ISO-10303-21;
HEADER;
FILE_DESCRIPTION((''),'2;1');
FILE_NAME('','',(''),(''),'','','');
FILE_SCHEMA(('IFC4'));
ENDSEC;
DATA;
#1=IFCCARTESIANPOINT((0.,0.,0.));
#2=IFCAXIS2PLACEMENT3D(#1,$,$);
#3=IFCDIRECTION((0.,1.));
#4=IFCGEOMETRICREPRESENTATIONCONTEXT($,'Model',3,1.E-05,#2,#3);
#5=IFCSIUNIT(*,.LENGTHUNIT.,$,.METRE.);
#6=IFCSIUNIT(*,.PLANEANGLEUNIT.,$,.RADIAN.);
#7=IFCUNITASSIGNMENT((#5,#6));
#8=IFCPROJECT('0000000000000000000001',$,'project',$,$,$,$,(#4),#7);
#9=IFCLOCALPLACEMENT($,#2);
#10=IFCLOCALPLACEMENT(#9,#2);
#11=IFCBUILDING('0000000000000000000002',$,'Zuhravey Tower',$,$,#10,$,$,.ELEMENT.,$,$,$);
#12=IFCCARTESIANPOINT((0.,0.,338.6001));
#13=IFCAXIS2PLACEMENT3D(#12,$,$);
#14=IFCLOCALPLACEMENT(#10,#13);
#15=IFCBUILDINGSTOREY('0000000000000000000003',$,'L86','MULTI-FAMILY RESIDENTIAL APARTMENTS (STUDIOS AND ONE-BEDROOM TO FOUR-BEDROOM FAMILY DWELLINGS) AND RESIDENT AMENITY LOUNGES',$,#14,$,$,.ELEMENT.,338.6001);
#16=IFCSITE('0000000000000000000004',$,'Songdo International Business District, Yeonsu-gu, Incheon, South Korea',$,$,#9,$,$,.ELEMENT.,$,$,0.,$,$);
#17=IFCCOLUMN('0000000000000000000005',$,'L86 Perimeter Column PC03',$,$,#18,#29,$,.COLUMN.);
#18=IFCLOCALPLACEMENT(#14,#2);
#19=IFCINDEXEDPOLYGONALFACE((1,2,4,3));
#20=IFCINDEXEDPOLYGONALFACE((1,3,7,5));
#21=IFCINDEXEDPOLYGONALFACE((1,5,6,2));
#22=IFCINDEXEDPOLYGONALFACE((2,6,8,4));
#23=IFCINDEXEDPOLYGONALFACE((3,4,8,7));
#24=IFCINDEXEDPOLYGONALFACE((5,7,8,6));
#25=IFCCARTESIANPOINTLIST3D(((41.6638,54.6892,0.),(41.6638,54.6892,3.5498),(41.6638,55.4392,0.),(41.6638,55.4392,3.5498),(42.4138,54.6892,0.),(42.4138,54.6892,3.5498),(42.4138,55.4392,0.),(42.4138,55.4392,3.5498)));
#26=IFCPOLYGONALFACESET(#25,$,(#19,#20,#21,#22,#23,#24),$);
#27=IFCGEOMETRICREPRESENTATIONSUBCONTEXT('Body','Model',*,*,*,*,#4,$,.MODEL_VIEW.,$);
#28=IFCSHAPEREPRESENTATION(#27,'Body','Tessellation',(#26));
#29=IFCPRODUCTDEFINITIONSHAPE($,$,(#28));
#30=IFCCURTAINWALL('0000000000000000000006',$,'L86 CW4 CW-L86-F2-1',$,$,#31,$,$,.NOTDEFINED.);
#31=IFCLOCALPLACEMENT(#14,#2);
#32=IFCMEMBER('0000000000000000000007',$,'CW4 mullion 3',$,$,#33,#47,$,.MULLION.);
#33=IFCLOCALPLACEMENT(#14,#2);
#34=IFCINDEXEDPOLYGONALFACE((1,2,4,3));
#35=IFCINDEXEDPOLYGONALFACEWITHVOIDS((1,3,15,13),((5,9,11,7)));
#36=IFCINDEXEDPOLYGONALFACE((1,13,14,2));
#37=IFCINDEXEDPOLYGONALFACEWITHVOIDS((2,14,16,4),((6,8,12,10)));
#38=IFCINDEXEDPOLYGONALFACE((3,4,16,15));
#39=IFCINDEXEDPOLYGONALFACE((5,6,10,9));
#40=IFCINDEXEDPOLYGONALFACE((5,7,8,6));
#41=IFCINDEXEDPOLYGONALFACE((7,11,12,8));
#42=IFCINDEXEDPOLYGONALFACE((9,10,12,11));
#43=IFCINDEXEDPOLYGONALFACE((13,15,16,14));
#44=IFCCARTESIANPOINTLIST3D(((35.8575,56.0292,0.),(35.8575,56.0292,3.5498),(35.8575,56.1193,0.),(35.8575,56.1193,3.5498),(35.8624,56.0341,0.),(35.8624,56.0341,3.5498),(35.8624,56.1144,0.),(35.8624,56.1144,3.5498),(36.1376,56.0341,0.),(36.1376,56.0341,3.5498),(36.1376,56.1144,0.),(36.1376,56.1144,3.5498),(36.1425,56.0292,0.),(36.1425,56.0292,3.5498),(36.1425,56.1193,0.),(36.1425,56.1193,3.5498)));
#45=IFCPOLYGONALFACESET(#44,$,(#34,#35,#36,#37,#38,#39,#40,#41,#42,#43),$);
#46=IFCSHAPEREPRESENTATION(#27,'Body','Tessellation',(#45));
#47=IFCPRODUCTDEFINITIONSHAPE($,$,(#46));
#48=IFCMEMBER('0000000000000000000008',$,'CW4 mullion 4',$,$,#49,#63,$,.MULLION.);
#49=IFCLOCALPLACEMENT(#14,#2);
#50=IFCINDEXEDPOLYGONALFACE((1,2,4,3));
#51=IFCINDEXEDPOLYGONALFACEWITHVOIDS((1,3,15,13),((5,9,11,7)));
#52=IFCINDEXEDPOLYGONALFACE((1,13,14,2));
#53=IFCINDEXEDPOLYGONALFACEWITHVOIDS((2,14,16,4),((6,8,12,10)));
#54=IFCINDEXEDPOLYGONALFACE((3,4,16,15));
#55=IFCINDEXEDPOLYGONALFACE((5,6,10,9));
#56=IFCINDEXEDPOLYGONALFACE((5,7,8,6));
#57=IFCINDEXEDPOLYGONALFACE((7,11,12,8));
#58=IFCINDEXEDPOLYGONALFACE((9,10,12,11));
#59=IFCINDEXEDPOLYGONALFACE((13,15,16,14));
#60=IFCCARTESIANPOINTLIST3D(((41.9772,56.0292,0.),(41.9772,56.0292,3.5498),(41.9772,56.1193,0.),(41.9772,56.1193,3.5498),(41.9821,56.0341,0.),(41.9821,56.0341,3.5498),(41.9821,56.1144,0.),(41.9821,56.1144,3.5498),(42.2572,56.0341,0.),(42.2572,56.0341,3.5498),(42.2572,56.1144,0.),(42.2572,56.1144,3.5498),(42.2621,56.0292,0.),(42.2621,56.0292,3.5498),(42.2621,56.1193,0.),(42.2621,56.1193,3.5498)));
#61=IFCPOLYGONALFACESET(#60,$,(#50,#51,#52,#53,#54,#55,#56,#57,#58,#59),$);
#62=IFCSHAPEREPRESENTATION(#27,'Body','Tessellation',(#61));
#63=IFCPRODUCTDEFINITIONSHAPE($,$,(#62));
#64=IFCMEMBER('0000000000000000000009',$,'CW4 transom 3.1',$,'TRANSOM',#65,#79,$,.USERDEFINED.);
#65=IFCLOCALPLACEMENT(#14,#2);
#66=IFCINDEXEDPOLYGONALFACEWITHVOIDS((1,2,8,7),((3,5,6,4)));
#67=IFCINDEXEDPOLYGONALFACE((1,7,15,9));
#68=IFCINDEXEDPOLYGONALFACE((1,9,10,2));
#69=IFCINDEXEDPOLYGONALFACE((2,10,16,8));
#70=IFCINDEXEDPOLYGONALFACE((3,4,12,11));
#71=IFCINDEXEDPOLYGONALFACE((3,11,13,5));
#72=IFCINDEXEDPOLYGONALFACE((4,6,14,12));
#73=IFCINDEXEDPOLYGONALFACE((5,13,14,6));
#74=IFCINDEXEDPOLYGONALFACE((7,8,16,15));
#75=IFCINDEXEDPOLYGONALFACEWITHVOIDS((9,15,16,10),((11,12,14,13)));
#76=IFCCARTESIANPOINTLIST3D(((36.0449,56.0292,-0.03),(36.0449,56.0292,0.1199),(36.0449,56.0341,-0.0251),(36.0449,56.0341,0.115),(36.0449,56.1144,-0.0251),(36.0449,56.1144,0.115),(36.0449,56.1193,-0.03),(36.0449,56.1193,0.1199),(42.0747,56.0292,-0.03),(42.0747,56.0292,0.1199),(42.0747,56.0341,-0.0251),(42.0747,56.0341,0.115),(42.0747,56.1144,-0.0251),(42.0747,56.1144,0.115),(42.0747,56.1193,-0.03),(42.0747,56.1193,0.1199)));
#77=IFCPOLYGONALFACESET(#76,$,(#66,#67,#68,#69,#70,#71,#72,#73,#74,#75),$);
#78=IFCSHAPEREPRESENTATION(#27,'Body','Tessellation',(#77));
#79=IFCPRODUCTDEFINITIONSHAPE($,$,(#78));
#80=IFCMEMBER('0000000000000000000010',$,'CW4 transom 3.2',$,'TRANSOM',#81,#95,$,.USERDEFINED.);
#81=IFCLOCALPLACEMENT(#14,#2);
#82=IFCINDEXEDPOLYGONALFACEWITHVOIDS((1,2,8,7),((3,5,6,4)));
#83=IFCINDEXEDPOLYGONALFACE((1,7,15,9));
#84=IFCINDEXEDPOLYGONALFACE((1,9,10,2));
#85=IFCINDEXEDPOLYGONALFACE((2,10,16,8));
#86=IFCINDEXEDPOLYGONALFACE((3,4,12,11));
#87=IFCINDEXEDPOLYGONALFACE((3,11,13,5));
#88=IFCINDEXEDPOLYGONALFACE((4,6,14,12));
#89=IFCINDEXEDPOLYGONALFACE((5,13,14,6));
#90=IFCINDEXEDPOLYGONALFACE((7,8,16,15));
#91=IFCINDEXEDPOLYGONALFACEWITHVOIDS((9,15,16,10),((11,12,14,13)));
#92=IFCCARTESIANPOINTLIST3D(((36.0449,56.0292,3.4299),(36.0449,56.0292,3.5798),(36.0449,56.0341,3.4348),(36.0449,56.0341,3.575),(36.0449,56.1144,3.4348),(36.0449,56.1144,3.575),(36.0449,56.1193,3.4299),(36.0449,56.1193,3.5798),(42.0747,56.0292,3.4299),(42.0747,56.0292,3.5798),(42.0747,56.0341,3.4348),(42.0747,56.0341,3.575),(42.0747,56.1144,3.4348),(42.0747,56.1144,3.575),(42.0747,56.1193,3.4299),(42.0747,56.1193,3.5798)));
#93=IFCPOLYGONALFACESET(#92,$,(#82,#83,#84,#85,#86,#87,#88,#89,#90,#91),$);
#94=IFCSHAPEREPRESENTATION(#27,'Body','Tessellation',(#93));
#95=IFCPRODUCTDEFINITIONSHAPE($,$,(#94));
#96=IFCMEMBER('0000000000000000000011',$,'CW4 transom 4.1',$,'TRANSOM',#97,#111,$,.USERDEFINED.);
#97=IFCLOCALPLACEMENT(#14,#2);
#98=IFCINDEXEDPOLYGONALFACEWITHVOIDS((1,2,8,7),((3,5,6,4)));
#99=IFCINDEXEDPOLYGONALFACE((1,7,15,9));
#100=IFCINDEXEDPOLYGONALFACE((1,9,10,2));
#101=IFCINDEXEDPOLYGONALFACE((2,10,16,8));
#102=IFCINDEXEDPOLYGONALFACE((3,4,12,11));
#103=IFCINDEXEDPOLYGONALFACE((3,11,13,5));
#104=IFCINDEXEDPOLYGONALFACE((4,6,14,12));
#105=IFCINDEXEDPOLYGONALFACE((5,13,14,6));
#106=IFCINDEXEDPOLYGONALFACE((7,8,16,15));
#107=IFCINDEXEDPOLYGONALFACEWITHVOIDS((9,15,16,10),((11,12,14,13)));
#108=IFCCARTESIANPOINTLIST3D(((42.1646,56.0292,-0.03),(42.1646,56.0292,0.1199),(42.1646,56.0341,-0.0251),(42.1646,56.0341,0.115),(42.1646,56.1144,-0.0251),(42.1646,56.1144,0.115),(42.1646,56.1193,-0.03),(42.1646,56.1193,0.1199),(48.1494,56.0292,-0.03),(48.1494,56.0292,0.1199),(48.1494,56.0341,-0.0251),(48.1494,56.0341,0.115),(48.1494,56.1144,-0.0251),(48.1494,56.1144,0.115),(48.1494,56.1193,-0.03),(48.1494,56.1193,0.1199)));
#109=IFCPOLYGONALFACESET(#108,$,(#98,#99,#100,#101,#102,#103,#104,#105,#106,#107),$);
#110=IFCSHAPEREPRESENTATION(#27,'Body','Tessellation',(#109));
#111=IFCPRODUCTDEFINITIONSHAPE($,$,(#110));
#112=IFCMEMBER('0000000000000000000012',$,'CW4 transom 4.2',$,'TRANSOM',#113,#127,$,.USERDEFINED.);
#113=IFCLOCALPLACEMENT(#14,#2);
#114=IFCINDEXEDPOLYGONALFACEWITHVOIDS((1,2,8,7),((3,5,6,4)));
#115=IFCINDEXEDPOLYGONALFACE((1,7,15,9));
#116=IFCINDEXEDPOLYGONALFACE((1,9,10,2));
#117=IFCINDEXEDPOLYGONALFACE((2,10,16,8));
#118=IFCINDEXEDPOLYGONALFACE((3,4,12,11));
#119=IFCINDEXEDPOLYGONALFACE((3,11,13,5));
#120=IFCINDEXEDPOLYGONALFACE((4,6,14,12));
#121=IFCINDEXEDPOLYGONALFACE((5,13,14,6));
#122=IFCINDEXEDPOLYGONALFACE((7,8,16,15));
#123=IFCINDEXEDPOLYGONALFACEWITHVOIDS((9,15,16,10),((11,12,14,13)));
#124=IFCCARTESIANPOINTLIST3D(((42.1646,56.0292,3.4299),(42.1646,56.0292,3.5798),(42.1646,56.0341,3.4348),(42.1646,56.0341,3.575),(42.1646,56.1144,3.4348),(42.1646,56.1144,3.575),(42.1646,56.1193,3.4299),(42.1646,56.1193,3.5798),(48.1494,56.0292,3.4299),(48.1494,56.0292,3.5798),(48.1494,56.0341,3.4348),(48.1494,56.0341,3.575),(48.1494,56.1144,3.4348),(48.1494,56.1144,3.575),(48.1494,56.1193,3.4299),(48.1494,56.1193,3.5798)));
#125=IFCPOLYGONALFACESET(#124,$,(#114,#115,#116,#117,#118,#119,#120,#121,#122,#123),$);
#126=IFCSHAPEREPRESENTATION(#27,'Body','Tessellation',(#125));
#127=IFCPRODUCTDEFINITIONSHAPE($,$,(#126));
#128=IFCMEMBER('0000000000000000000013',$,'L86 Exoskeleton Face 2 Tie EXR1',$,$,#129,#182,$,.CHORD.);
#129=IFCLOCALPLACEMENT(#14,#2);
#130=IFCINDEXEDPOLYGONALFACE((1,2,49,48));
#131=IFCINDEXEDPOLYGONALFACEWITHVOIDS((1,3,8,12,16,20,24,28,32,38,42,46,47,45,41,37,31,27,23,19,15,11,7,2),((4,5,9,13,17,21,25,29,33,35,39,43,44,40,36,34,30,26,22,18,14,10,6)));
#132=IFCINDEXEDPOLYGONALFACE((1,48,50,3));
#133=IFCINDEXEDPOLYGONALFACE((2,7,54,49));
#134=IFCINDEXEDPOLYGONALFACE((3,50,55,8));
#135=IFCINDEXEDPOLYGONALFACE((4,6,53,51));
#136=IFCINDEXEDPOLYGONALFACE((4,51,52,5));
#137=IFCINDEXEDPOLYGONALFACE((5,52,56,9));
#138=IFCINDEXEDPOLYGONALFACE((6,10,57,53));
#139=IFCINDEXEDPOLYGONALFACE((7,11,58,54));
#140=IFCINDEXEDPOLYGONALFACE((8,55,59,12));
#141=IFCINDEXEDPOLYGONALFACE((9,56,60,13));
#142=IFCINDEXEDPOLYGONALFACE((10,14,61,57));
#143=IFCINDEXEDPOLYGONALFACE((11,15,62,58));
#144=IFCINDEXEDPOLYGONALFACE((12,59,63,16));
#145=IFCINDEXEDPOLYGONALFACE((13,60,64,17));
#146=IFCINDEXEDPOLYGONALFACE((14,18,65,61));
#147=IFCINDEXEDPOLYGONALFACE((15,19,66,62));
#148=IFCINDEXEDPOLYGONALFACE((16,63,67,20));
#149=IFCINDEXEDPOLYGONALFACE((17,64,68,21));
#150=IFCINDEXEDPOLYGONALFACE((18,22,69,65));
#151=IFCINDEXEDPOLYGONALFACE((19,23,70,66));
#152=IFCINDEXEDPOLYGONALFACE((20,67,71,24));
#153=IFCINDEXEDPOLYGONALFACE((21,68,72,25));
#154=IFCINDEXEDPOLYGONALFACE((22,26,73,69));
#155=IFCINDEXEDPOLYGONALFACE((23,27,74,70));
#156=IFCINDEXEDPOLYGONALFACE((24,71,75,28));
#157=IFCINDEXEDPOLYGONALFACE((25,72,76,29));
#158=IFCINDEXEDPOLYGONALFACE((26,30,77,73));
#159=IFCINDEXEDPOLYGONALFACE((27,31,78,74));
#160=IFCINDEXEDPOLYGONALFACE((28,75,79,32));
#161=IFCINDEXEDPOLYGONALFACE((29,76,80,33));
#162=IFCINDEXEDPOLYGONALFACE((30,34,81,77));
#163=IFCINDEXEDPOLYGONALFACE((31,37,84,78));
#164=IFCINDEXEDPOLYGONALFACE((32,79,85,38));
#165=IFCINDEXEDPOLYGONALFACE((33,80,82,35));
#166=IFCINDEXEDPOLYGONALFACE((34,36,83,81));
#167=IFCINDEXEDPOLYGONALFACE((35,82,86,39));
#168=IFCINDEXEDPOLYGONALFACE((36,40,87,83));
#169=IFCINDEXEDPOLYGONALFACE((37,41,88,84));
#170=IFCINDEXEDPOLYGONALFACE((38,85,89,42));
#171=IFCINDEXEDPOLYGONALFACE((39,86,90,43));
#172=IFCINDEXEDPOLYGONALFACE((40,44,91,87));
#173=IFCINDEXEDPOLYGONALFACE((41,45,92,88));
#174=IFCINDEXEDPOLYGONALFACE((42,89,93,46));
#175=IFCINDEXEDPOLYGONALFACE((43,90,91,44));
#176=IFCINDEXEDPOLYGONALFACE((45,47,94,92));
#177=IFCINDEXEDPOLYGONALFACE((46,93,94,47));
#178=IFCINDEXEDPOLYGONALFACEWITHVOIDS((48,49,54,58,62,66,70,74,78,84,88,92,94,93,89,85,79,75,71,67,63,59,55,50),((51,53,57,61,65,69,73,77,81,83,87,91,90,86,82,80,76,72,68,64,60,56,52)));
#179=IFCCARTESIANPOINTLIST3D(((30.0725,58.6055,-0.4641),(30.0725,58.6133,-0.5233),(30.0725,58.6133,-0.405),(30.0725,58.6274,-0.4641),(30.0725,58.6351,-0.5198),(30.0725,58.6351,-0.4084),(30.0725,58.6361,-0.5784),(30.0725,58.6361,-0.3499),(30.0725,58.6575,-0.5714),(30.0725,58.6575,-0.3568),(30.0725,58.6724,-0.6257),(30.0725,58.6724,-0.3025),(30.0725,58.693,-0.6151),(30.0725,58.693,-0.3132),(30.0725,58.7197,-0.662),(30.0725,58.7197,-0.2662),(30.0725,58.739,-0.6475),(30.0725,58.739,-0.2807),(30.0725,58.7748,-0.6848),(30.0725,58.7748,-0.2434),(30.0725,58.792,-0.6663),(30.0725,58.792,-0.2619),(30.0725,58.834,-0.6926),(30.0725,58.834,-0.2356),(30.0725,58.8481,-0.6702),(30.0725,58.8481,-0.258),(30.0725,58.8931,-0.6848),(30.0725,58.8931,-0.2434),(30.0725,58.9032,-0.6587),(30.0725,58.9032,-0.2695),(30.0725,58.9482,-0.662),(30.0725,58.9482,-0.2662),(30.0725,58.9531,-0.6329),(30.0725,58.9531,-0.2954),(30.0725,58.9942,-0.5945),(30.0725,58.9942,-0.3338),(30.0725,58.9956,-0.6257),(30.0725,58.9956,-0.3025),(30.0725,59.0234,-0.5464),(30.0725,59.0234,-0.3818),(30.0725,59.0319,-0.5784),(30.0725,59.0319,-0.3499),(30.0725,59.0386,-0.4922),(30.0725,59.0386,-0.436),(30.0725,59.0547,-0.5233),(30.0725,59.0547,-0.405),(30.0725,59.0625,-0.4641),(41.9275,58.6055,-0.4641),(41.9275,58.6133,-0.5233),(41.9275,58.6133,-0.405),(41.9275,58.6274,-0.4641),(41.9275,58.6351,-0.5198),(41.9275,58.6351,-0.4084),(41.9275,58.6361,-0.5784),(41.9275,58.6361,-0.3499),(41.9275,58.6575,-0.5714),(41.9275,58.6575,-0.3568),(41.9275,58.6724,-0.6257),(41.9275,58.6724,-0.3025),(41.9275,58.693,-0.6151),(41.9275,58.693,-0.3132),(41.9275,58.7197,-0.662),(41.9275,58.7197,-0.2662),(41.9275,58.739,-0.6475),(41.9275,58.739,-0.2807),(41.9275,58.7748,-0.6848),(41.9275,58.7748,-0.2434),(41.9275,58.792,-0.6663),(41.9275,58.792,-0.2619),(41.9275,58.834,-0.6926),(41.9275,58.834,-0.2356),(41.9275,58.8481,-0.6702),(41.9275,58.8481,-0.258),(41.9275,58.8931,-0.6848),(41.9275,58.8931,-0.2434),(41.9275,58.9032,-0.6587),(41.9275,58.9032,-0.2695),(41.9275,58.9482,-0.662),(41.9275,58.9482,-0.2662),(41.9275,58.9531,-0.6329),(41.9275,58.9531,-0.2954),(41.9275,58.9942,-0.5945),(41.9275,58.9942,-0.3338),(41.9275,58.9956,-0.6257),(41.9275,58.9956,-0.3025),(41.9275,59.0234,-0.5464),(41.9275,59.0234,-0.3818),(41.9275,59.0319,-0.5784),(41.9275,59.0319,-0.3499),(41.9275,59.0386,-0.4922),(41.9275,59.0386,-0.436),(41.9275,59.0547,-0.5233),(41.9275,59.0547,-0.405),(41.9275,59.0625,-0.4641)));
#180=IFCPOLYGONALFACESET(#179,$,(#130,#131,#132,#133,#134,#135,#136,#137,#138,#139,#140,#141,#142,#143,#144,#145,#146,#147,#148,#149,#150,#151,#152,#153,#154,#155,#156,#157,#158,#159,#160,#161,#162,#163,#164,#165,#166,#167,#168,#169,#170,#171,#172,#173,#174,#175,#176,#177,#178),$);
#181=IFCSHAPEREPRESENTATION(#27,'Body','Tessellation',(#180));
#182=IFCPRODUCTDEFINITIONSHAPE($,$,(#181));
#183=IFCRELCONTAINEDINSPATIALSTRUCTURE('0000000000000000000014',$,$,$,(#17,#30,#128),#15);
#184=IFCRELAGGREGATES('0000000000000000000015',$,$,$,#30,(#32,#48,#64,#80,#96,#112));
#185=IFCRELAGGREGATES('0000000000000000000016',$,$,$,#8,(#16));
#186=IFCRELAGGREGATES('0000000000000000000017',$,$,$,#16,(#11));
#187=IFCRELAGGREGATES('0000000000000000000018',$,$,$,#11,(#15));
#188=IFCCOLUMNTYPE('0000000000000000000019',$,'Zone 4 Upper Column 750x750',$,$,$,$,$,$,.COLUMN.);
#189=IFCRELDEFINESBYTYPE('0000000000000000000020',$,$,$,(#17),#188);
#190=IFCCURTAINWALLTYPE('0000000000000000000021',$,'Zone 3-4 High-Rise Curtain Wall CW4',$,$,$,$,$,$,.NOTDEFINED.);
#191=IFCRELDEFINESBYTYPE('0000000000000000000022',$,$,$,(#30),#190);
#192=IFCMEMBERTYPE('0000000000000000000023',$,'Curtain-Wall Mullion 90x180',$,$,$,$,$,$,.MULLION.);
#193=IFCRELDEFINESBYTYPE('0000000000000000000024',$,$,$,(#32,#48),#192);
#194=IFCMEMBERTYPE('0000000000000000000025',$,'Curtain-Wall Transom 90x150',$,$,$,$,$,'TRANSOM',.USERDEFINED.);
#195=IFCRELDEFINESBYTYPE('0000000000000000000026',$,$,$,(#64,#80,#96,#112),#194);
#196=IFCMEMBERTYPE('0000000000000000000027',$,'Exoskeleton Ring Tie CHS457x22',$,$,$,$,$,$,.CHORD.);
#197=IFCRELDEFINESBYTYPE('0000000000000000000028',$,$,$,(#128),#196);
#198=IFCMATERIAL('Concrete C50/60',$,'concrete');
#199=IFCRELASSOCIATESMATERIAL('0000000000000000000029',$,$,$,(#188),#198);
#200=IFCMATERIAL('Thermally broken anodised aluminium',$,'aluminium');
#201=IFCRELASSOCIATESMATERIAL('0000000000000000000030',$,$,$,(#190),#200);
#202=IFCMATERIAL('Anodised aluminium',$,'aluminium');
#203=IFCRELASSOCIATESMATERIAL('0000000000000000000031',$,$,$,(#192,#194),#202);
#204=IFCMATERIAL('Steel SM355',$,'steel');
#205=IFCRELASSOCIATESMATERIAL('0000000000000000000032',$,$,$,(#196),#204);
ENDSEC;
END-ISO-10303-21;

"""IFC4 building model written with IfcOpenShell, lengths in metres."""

from ifc_helpers import new_model, si_unit, direction, frame, origin, origin_2d, place, context, subcontext, project, spatial, rectangle, hollow_rectangle, hollow_circle, extrude, material, material_profile, profile_set, type_object, element, aggregate, save


model = new_model("IFC4")

# Units and contexts
model_context = context("Model", 3, precision=1e-05, world=origin(), true_north=direction((0.0, 1.0)))
body_context = subcontext(model_context, "Body", "Model", "MODEL_VIEW")
ifc_project = project(units=[si_unit("LENGTHUNIT", "METRE"), si_unit("PLANEANGLEUNIT", "RADIAN")], contexts=[model_context])

# Site, building, storey
site_placement = place(None, origin())
site = spatial("IfcSite", under=ifc_project, at=site_placement, Name="Songdo International Business District, Yeonsu-gu, Incheon, South Korea", CompositionType="ELEMENT", RefElevation=0.0)
building_placement = place(site_placement, origin())
building = spatial("IfcBuilding", under=site, at=building_placement, Name="Zuhravey Tower", CompositionType="ELEMENT")
storey_placement = place(building_placement, frame((0.0, 0.0, 338.6001)))
storey = spatial("IfcBuildingStorey", under=building, at=storey_placement, Name="L86", Description="MULTI-FAMILY RESIDENTIAL APARTMENTS (STUDIOS AND ONE-BEDROOM TO FOUR-BEDROOM FAMILY DWELLINGS) AND RESIDENT AMENITY LOUNGES", CompositionType="ELEMENT", Elevation=338.6001)

# Column
ifc_material_1 = material(Name="Concrete C50/60", Category="concrete")
ifc_material_profile_1 = material_profile(ifc_material_1, rectangle(XDim=0.75, YDim=0.75, at=origin_2d()), Name="RC-750x750")
ifc_profile_set_1 = profile_set([ifc_material_profile_1], Name="Concrete C50/60")
column_type = type_object("IfcColumnType", Name="Zone 4 Upper Column 750x750", PredefinedType="COLUMN", material=ifc_profile_set_1)
column_placement = place(storey_placement, frame((42.0388, 55.0642, 0.0), z_axis=(0.0, 0.0, 1.0), x_axis=(-1.0, 0.0, 0.0)))
element("IfcColumn", 1, at=column_placement, inside=storey, type_object=column_type, Name="L86 Perimeter Column PC03", PredefinedType="COLUMN", context=body_context, shape_type="SweptSolid", body=[
    extrude(rectangle(XDim=0.75, YDim=0.75, at=origin_2d()), origin(), (0.0, 0.0, 1.0), 3.5498),
])

# Curtain wall, members
ifc_material_2 = material(Name="Thermally broken anodised aluminium", Category="aluminium")
curtain_wall_type = type_object("IfcCurtainWallType", Name="Zone 3-4 High-Rise Curtain Wall CW4", PredefinedType="NOTDEFINED", material=ifc_material_2)
curtain_wall_placement = place(storey_placement, origin())
curtain_wall = element("IfcCurtainWall", 2, at=curtain_wall_placement, inside=storey, type_object=curtain_wall_type, Name="L86 CW4 CW-L86-F2-1", PredefinedType="NOTDEFINED")
ifc_material_3 = material(Name="Anodised aluminium", Category="aluminium")
ifc_material_profile_2 = material_profile(ifc_material_3, hollow_rectangle(XDim=0.0901, YDim=0.2849, WallThickness=0.0049, at=origin_2d()), Name="ALU-RHS-90x285x5")
ifc_profile_set_2 = profile_set([ifc_material_profile_2], Name="Anodised aluminium")
member_type_1 = type_object("IfcMemberType", Name="Curtain-Wall Mullion 90x180", PredefinedType="MULLION", material=ifc_profile_set_2)
member_1_placement = place(storey_placement, frame((36.0, 56.0742, 0.0), z_axis=(0.0, 0.0, 1.0), x_axis=(0.0, 1.0, 0.0)))
member_1 = element("IfcMember", 3, at=member_1_placement, type_object=member_type_1, Name="CW4 mullion 3", PredefinedType="MULLION", context=body_context, shape_type="SweptSolid", body=[
    extrude(hollow_rectangle(XDim=0.0901, YDim=0.2849, WallThickness=0.0049, at=origin_2d()), origin(), (0.0, 0.0, 1.0), 3.5498),
])
member_2_placement = place(storey_placement, frame((42.1196, 56.0742, 0.0), z_axis=(0.0, 0.0, 1.0), x_axis=(0.0, 1.0, 0.0)))
member_2 = element("IfcMember", 4, at=member_2_placement, type_object=member_type_1, Name="CW4 mullion 4", PredefinedType="MULLION", context=body_context, shape_type="SweptSolid", body=[
    extrude(hollow_rectangle(XDim=0.0901, YDim=0.2849, WallThickness=0.0049, at=origin_2d()), origin(), (0.0, 0.0, 1.0), 3.5498),
])
ifc_material_profile_3 = material_profile(ifc_material_3, hollow_rectangle(XDim=0.0901, YDim=0.1499, WallThickness=0.0049, at=origin_2d()), Name="ALU-RHS-90x150x5")
ifc_profile_set_3 = profile_set([ifc_material_profile_3], Name="Anodised aluminium")
member_type_2 = type_object("IfcMemberType", Name="Curtain-Wall Transom 90x150", ElementType="TRANSOM", PredefinedType="USERDEFINED", material=ifc_profile_set_3)
member_3_placement = place(storey_placement, frame((36.0449, 56.0742, 0.0449), z_axis=(1.0, 0.0, 0.0), x_axis=(0.0, 1.0, 0.0)))
member_3 = element("IfcMember", 5, at=member_3_placement, type_object=member_type_2, Name="CW4 transom 3.1", ObjectType="TRANSOM", PredefinedType="USERDEFINED", context=body_context, shape_type="SweptSolid", body=[
    extrude(hollow_rectangle(XDim=0.0901, YDim=0.1499, WallThickness=0.0049, at=origin_2d()), origin(), (0.0, 0.0, 1.0), 6.0298),
])
member_4_placement = place(storey_placement, frame((36.0449, 56.0742, 3.5049), z_axis=(1.0, 0.0, 0.0), x_axis=(0.0, 1.0, 0.0)))
member_4 = element("IfcMember", 6, at=member_4_placement, type_object=member_type_2, Name="CW4 transom 3.2", ObjectType="TRANSOM", PredefinedType="USERDEFINED", context=body_context, shape_type="SweptSolid", body=[
    extrude(hollow_rectangle(XDim=0.0901, YDim=0.1499, WallThickness=0.0049, at=origin_2d()), origin(), (0.0, 0.0, 1.0), 6.0298),
])
member_5_placement = place(storey_placement, frame((42.1646, 56.0742, 0.0449), z_axis=(1.0, 0.0, 0.0), x_axis=(0.0, 1.0, 0.0)))
member_5 = element("IfcMember", 7, at=member_5_placement, type_object=member_type_2, Name="CW4 transom 4.1", ObjectType="TRANSOM", PredefinedType="USERDEFINED", context=body_context, shape_type="SweptSolid", body=[
    extrude(hollow_rectangle(XDim=0.0901, YDim=0.1499, WallThickness=0.0049, at=origin_2d()), origin(), (0.0, 0.0, 1.0), 5.9849),
])
member_6_placement = place(storey_placement, frame((42.1646, 56.0742, 3.5049), z_axis=(1.0, 0.0, 0.0), x_axis=(0.0, 1.0, 0.0)))
member_6 = element("IfcMember", 8, at=member_6_placement, type_object=member_type_2, Name="CW4 transom 4.2", ObjectType="TRANSOM", PredefinedType="USERDEFINED", context=body_context, shape_type="SweptSolid", body=[
    extrude(hollow_rectangle(XDim=0.0901, YDim=0.1499, WallThickness=0.0049, at=origin_2d()), origin(), (0.0, 0.0, 1.0), 5.9849),
])

# Member
ifc_material_4 = material(Name="Steel SM355", Category="steel")
ifc_material_profile_4 = material_profile(ifc_material_4, hollow_circle(Radius=0.2285, WallThickness=0.022, at=origin_2d()), Name="CHS-457.2x22")
ifc_profile_set_4 = profile_set([ifc_material_profile_4], Name="Steel SM355")
member_type_3 = type_object("IfcMemberType", Name="Exoskeleton Ring Tie CHS457x22", PredefinedType="CHORD", material=ifc_profile_set_4)
member_7_placement = place(storey_placement, frame((41.9275, 58.834, -0.4641), z_axis=(-1.0, 0.0, 0.0), x_axis=(0.0, -1.0, 0.0)))
element("IfcMember", 9, at=member_7_placement, inside=storey, type_object=member_type_3, Name="L86 Exoskeleton Face 2 Tie EXR1", PredefinedType="CHORD", context=body_context, shape_type="SweptSolid", body=[
    extrude(hollow_circle(Radius=0.2285, WallThickness=0.022, at=origin_2d()), origin(), (0.0, 0.0, 1.0), 11.855),
])

aggregate(curtain_wall, [member_1, member_2, member_3, member_4, member_5, member_6])

save(model, "model.ifc")
